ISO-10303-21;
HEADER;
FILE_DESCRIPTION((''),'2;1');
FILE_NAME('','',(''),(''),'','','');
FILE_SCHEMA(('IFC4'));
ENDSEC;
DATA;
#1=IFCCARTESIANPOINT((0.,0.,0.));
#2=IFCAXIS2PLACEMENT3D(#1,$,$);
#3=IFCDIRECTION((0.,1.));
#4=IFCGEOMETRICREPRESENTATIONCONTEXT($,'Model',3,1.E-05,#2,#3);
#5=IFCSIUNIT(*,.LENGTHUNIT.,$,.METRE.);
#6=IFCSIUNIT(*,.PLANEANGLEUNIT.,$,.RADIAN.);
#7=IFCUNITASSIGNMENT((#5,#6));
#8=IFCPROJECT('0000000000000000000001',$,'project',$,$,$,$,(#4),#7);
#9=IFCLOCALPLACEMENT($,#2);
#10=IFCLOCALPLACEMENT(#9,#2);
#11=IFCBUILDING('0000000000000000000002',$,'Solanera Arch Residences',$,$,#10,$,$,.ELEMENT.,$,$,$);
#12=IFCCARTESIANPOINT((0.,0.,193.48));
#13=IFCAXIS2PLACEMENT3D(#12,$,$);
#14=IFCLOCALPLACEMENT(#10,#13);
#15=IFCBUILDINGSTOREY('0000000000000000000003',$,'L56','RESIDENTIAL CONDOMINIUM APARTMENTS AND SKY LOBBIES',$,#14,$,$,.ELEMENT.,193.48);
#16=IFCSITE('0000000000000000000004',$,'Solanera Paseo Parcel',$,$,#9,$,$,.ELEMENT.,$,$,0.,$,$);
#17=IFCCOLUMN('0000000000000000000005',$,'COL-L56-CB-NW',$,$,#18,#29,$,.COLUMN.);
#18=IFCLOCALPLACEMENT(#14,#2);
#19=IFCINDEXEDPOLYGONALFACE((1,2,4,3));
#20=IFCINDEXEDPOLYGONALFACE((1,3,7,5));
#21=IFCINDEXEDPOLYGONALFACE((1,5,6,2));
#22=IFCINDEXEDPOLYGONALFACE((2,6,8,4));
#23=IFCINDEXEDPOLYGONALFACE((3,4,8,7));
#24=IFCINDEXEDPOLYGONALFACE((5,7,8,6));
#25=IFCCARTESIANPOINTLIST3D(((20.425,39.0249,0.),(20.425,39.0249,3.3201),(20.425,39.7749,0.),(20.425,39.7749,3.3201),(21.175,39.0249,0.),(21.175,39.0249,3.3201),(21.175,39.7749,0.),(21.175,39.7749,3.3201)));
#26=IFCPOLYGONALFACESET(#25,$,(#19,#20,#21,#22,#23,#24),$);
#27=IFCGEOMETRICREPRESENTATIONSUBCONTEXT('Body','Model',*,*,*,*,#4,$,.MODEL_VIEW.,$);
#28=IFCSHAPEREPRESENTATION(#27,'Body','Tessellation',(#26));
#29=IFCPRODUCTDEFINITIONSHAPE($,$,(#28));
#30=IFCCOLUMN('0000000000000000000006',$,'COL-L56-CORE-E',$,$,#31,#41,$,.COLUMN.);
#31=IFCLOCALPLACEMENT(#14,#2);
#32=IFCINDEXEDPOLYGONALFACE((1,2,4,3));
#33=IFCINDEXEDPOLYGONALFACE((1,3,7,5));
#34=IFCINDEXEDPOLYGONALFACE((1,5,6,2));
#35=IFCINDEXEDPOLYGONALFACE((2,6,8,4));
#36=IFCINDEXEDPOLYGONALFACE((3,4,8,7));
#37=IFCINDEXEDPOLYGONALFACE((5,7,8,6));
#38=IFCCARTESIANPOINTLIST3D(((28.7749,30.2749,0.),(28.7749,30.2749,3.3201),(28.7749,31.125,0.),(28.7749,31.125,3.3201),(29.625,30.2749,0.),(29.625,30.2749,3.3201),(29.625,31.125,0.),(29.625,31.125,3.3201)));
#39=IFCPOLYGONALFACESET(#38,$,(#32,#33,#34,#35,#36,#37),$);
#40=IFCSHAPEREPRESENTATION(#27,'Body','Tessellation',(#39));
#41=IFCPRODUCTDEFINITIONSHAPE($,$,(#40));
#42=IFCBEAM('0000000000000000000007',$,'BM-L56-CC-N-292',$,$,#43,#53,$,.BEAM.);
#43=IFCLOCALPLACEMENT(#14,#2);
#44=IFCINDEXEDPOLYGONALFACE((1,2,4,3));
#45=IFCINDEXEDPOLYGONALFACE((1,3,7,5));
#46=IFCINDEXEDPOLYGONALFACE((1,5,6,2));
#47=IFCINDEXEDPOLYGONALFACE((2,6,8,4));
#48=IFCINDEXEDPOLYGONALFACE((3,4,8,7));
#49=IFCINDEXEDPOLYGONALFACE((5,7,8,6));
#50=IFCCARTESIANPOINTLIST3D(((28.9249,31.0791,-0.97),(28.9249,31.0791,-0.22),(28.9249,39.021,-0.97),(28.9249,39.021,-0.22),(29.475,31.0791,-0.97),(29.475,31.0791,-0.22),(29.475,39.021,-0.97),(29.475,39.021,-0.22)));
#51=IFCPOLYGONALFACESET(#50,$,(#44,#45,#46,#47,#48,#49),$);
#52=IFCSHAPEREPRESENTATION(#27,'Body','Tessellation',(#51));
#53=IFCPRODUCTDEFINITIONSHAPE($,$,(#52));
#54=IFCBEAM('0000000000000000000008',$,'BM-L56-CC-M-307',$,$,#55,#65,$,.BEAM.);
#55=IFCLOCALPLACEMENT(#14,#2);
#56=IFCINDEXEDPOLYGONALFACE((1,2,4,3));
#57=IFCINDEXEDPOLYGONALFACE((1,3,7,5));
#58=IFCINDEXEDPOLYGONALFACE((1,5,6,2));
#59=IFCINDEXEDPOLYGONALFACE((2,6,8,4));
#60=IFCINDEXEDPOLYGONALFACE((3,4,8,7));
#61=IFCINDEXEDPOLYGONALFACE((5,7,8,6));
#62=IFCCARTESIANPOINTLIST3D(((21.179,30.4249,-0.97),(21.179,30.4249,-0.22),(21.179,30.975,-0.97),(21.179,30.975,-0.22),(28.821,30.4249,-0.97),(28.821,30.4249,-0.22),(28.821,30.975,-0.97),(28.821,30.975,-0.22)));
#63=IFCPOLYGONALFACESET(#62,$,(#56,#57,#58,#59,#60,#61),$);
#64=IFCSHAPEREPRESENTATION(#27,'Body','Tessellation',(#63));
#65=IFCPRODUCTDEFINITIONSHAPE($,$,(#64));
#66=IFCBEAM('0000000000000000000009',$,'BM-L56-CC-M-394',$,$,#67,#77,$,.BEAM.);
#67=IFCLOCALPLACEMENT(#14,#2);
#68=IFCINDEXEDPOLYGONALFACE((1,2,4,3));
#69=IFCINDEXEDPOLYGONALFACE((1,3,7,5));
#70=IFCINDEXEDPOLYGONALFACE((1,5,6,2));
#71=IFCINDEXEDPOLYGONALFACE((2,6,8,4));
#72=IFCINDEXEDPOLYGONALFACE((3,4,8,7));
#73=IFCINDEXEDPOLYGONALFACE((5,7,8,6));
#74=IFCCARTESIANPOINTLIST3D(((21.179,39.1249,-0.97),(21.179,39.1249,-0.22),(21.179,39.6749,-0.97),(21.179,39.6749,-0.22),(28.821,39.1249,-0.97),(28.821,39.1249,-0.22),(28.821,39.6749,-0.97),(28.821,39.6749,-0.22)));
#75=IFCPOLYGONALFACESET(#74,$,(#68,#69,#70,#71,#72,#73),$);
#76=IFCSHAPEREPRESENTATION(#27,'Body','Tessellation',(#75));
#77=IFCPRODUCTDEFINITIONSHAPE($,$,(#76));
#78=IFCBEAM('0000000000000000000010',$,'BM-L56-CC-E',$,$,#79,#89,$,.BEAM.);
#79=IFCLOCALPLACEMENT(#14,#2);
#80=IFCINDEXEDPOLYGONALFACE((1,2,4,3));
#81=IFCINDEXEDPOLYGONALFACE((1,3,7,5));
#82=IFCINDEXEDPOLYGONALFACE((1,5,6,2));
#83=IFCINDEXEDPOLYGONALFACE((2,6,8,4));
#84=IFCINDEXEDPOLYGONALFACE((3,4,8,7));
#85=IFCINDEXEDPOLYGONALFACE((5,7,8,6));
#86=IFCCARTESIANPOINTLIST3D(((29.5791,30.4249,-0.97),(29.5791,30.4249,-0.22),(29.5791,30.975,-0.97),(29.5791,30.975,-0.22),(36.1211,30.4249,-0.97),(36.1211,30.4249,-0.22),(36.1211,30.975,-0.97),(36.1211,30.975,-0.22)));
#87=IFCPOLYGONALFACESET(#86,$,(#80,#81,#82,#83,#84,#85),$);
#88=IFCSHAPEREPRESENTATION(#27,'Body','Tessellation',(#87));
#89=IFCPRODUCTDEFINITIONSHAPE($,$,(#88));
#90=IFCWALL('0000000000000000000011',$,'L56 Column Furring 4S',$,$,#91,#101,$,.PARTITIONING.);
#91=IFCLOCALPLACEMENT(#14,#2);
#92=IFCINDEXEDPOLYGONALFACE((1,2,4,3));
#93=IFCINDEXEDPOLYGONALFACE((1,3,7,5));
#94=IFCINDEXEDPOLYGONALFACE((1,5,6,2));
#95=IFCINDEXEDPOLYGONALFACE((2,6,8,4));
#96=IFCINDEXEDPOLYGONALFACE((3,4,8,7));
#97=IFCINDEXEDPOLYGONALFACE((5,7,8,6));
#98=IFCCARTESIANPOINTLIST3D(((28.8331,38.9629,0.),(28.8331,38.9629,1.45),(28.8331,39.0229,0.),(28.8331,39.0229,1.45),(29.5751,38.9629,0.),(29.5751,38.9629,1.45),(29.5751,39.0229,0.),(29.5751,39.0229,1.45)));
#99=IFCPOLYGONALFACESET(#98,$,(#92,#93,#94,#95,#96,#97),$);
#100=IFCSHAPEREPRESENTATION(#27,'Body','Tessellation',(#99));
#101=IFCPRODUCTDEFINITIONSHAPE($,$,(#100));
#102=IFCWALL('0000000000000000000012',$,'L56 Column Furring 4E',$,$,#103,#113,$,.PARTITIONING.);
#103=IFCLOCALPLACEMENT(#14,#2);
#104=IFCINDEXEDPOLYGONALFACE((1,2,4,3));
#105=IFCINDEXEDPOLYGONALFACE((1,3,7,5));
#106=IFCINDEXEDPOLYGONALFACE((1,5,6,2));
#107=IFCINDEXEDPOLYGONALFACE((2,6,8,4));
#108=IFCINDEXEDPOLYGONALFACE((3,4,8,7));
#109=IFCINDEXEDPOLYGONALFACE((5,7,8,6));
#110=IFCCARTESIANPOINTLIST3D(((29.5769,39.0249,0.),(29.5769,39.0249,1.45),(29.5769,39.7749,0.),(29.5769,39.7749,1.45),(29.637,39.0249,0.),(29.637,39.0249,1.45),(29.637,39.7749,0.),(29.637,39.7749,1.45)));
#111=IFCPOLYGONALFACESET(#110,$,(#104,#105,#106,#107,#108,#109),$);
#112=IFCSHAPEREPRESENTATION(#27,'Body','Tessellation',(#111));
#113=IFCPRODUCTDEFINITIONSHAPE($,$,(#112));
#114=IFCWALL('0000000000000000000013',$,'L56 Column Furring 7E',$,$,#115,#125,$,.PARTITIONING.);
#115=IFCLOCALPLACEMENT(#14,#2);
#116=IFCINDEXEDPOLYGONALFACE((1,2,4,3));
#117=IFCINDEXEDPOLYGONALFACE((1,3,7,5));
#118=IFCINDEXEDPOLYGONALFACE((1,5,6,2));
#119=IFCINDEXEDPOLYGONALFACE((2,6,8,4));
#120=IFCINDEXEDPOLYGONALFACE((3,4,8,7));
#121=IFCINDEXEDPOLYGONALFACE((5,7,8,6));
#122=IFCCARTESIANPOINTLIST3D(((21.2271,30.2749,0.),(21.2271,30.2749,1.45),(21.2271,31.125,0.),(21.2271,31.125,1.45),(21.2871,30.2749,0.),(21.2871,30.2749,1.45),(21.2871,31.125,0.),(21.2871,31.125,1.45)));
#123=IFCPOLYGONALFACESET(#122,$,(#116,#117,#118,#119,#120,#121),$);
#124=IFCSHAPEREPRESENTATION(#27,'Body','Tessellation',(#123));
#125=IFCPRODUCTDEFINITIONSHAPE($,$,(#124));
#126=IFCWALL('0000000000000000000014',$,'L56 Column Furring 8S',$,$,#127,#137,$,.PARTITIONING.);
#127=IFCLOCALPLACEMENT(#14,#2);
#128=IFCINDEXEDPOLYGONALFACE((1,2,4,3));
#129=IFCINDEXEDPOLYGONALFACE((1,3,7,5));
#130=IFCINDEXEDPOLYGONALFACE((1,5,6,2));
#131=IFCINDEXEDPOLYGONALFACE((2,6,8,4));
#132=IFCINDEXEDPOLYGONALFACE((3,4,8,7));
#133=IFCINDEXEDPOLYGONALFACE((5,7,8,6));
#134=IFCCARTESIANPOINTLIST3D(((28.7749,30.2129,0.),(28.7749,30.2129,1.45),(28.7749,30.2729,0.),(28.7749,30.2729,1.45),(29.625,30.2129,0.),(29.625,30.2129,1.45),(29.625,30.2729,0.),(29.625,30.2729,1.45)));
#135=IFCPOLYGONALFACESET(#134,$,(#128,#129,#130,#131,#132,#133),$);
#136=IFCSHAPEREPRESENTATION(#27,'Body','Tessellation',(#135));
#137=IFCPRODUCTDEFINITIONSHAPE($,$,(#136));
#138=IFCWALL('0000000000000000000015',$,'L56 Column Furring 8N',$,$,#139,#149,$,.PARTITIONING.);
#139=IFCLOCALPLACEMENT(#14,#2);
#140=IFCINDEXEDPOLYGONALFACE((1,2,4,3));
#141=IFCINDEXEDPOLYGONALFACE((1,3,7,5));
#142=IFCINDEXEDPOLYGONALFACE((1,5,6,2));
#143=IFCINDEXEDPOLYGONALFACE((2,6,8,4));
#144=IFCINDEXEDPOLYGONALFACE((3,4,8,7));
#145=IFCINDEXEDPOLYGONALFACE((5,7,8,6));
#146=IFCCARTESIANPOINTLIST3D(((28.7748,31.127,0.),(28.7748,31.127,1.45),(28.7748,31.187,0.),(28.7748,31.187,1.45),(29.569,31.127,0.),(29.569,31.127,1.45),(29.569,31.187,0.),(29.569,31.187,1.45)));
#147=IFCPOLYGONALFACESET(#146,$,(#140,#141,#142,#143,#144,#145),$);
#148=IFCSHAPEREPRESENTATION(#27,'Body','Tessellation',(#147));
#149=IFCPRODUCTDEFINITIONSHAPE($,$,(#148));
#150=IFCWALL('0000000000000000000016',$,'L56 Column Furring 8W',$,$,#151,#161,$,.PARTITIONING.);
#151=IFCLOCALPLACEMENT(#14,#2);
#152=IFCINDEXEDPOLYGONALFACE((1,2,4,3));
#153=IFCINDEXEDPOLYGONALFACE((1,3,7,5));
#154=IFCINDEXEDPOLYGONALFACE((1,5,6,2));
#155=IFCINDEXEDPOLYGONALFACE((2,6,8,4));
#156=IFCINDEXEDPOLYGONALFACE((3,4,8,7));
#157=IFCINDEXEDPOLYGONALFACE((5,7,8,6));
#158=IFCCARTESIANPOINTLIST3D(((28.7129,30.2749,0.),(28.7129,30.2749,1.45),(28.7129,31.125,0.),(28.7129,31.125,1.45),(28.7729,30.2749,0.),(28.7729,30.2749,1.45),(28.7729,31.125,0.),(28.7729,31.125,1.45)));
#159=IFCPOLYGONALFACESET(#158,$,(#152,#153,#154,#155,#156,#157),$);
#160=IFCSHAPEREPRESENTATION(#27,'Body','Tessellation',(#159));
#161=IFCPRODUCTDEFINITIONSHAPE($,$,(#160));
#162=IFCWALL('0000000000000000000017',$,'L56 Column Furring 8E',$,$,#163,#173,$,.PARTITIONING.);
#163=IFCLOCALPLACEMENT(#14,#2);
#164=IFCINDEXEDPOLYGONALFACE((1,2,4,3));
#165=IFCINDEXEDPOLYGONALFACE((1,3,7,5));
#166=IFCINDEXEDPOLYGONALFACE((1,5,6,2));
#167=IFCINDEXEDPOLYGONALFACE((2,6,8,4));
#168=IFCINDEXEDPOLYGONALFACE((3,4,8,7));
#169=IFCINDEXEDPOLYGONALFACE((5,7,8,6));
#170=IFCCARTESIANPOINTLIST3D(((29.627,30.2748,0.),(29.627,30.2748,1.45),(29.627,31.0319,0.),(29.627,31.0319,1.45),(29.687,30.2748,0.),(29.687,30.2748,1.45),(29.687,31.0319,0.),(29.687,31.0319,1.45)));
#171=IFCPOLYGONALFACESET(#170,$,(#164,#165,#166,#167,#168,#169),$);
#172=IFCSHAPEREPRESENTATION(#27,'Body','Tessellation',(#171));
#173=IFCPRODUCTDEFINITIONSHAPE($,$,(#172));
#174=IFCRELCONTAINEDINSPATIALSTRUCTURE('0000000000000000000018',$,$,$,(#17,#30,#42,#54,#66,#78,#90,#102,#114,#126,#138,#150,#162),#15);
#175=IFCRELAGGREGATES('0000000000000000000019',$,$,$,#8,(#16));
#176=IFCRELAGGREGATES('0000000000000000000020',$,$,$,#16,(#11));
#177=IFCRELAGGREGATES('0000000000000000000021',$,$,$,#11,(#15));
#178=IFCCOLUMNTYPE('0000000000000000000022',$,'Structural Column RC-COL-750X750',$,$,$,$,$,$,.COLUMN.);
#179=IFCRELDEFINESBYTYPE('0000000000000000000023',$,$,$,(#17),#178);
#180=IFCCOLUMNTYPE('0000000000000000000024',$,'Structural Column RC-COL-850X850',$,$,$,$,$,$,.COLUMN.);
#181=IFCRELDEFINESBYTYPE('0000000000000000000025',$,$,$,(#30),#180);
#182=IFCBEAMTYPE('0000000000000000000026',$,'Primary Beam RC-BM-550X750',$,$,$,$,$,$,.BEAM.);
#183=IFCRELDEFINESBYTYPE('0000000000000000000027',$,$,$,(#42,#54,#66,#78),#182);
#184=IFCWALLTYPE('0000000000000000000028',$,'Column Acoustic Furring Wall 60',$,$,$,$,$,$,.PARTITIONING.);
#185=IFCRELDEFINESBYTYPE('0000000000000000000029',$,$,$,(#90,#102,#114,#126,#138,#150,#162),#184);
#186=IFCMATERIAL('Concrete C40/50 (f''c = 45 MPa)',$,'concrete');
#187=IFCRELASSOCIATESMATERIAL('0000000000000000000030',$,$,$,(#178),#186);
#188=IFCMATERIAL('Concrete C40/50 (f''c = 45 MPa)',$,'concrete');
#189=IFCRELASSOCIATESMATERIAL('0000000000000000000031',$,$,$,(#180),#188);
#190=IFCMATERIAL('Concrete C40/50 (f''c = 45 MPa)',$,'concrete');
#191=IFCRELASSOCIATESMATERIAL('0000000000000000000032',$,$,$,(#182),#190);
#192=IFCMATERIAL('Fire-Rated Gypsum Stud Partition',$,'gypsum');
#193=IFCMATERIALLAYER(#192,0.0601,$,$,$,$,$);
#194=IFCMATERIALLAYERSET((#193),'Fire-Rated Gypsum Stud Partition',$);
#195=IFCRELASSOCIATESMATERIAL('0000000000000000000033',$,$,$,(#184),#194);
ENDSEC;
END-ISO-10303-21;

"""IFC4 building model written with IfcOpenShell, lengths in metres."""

from ifc_helpers import new_model, si_unit, direction, frame, frame_2d, origin, origin_2d, place, context, subcontext, project, spatial, rectangle, extrude, material, layer, layer_set, material_profile, profile_set, type_object, element, save


model = new_model("IFC4")

# Units and contexts
model_context = context("Model", 3, precision=1e-05, world=origin(), true_north=direction((0.0, 1.0)))
body_context = subcontext(model_context, "Body", "Model", "MODEL_VIEW")
ifc_project = project(units=[si_unit("LENGTHUNIT", "METRE"), si_unit("PLANEANGLEUNIT", "RADIAN")], contexts=[model_context])

# Site, building, storey
site_placement = place(None, origin())
site = spatial("IfcSite", under=ifc_project, at=site_placement, Name="Solanera Paseo Parcel", CompositionType="ELEMENT", RefElevation=0.0)
building_placement = place(site_placement, origin())
building = spatial("IfcBuilding", under=site, at=building_placement, Name="Solanera Arch Residences", CompositionType="ELEMENT")
storey_placement = place(building_placement, frame((0.0, 0.0, 193.48)))
storey = spatial("IfcBuildingStorey", under=building, at=storey_placement, Name="L56", Description="RESIDENTIAL CONDOMINIUM APARTMENTS AND SKY LOBBIES", CompositionType="ELEMENT", Elevation=193.48)

# Columns
ifc_material_1 = material(Name="Concrete C40/50 (f'c = 45 MPa)", Category="concrete")
ifc_material_profile_1 = material_profile(ifc_material_1, rectangle(XDim=0.75, YDim=0.75, at=origin_2d()))
ifc_profile_set_1 = profile_set([ifc_material_profile_1], Name="Concrete C40/50 (f'c = 45 MPa)")
column_type_1 = type_object("IfcColumnType", Name="Structural Column RC-COL-750X750", PredefinedType="COLUMN", material=ifc_profile_set_1)
column_1_placement = place(storey_placement, frame((20.8, 39.3999, 0.0), z_axis=(0.0, 0.0, 1.0), x_axis=(1.0, 0.0, 0.0)))
element("IfcColumn", 1, at=column_1_placement, inside=storey, type_object=column_type_1, Name="COL-L56-CB-NW", PredefinedType="COLUMN", context=body_context, shape_type="SweptSolid", body=[
    extrude(rectangle(XDim=0.75, YDim=0.75, at=origin_2d()), origin(), (0.0, 0.0, 1.0), 3.3201),
])
ifc_material_2 = material(Name="Concrete C40/50 (f'c = 45 MPa)", Category="concrete")
ifc_material_profile_2 = material_profile(ifc_material_2, rectangle(XDim=0.8501, YDim=0.8501, at=origin_2d()))
ifc_profile_set_2 = profile_set([ifc_material_profile_2], Name="Concrete C40/50 (f'c = 45 MPa)")
column_type_2 = type_object("IfcColumnType", Name="Structural Column RC-COL-850X850", PredefinedType="COLUMN", material=ifc_profile_set_2)
column_2_placement = place(storey_placement, frame((29.2, 30.7, 0.0), z_axis=(0.0, 0.0, 1.0), x_axis=(1.0, 0.0, 0.0)))
element("IfcColumn", 2, at=column_2_placement, inside=storey, type_object=column_type_2, Name="COL-L56-CORE-E", PredefinedType="COLUMN", context=body_context, shape_type="SweptSolid", body=[
    extrude(rectangle(XDim=0.8501, YDim=0.8501, at=origin_2d()), origin(), (0.0, 0.0, 1.0), 3.3201),
])

# Beams
ifc_material_3 = material(Name="Concrete C40/50 (f'c = 45 MPa)", Category="concrete")
ifc_material_profile_3 = material_profile(ifc_material_3, rectangle(XDim=0.55, YDim=0.75, at=origin_2d()))
ifc_profile_set_3 = profile_set([ifc_material_profile_3], Name="Concrete C40/50 (f'c = 45 MPa)")
beam_type = type_object("IfcBeamType", Name="Primary Beam RC-BM-550X750", PredefinedType="BEAM", material=ifc_profile_set_3)
beam_1_placement = place(storey_placement, frame((29.2, 31.0791, -0.595), z_axis=(0.0, 1.0, 0.0), x_axis=(-1.0, 0.0, 0.0)))
element("IfcBeam", 3, at=beam_1_placement, inside=storey, type_object=beam_type, Name="BM-L56-CC-N-292", PredefinedType="BEAM", context=body_context, shape_type="SweptSolid", body=[
    extrude(rectangle(XDim=0.55, YDim=0.75, at=origin_2d()), origin(), (0.0, 0.0, 1.0), 7.9419),
])
for number, where, z_axis, x_axis, name in (
    (4, (21.179, 30.7, -0.595), (1.0, 0.0, 0.0), (0.0, 1.0, 0.0), "BM-L56-CC-M-307"),
    (5, (21.179, 39.3999, -0.595), (1.0, 0.0, 0.0), (0.0, 1.0, 0.0), "BM-L56-CC-M-394"),
):
    element("IfcBeam", number, at=place(storey_placement, frame(where, z_axis=z_axis, x_axis=x_axis)), inside=storey, type_object=beam_type, Name=name, PredefinedType="BEAM", context=body_context, shape_type="SweptSolid", body=[
        extrude(rectangle(XDim=0.55, YDim=0.75, at=origin_2d()), origin(), (0.0, 0.0, 1.0), 7.6421),
    ])
beam_2_placement = place(storey_placement, frame((29.5791, 30.7, -0.595), z_axis=(1.0, 0.0, 0.0), x_axis=(0.0, 1.0, 0.0)))
element("IfcBeam", 6, at=beam_2_placement, inside=storey, type_object=beam_type, Name="BM-L56-CC-E", PredefinedType="BEAM", context=body_context, shape_type="SweptSolid", body=[
    extrude(rectangle(XDim=0.55, YDim=0.75, at=origin_2d()), origin(), (0.0, 0.0, 1.0), 6.542),
])

# Walls
ifc_material_4 = material(Name="Fire-Rated Gypsum Stud Partition", Category="gypsum")
ifc_layer_1 = layer(ifc_material_4, 0.0601)
ifc_layer_set_1 = layer_set([ifc_layer_1], Name="Fire-Rated Gypsum Stud Partition")
wall_type_1 = type_object("IfcWallType", Name="Column Acoustic Furring Wall 60", PredefinedType="PARTITIONING", material=ifc_layer_set_1)
wall_1_placement = place(storey_placement, frame((28.833, 38.9929, 0.0), z_axis=(0.0, 0.0, 1.0), x_axis=(1.0, 0.0, 0.0)))
element("IfcWall", 7, at=wall_1_placement, inside=storey, type_object=wall_type_1, Name="L56 Column Furring 4S", PredefinedType="PARTITIONING", context=body_context, shape_type="SweptSolid", body=[
    extrude(rectangle(XDim=0.7419, YDim=0.0601, at=frame_2d((0.3711, 0.0))), origin(), (0.0, 0.0, 1.0), 1.45),
])
wall_2_placement = place(storey_placement, frame((29.6069, 39.0249, 0.0), z_axis=(0.0, 0.0, 1.0), x_axis=(0.0, 1.0, 0.0)))
element("IfcWall", 8, at=wall_2_placement, inside=storey, type_object=wall_type_1, Name="L56 Column Furring 4E", PredefinedType="PARTITIONING", context=body_context, shape_type="SweptSolid", body=[
    extrude(rectangle(XDim=0.75, YDim=0.0601, at=frame_2d((0.375, 0.0))), origin(), (0.0, 0.0, 1.0), 1.45),
])
for number, where, z_axis, x_axis, name in (
    (9, (21.2571, 30.2749, 0.0), (0.0, 0.0, 1.0), (0.0, 1.0, 0.0), "L56 Column Furring 7E"),
    (10, (28.7749, 30.2429, 0.0), (0.0, 0.0, 1.0), (1.0, 0.0, 0.0), "L56 Column Furring 8S"),
):
    element("IfcWall", number, at=place(storey_placement, frame(where, z_axis=z_axis, x_axis=x_axis)), inside=storey, type_object=wall_type_1, Name=name, PredefinedType="PARTITIONING", context=body_context, shape_type="SweptSolid", body=[
        extrude(rectangle(XDim=0.8501, YDim=0.0601, at=frame_2d((0.425, 0.0))), origin(), (0.0, 0.0, 1.0), 1.45),
    ])
wall_3_placement = place(storey_placement, frame((28.7749, 31.157, 0.0), z_axis=(0.0, 0.0, 1.0), x_axis=(1.0, 0.0, 0.0)))
element("IfcWall", 11, at=wall_3_placement, inside=storey, type_object=wall_type_1, Name="L56 Column Furring 8N", PredefinedType="PARTITIONING", context=body_context, shape_type="SweptSolid", body=[
    extrude(rectangle(XDim=0.7942, YDim=0.0601, at=frame_2d((0.397, 0.0))), origin(), (0.0, 0.0, 1.0), 1.45),
])
wall_4_placement = place(storey_placement, frame((28.7429, 30.2749, 0.0), z_axis=(0.0, 0.0, 1.0), x_axis=(0.0, 1.0, 0.0)))
element("IfcWall", 12, at=wall_4_placement, inside=storey, type_object=wall_type_1, Name="L56 Column Furring 8W", PredefinedType="PARTITIONING", context=body_context, shape_type="SweptSolid", body=[
    extrude(rectangle(XDim=0.8501, YDim=0.0601, at=frame_2d((0.425, 0.0))), origin(), (0.0, 0.0, 1.0), 1.45),
])
wall_5_placement = place(storey_placement, frame((29.657, 30.2749, 0.0), z_axis=(0.0, 0.0, 1.0), x_axis=(0.0, 1.0, 0.0)))
element("IfcWall", 13, at=wall_5_placement, inside=storey, type_object=wall_type_1, Name="L56 Column Furring 8E", PredefinedType="PARTITIONING", context=body_context, shape_type="SweptSolid", body=[
    extrude(rectangle(XDim=0.7571, YDim=0.0601, at=frame_2d((0.3784, 0.0))), origin(), (0.0, 0.0, 1.0), 1.45),
])

save(model, "model.ifc")
